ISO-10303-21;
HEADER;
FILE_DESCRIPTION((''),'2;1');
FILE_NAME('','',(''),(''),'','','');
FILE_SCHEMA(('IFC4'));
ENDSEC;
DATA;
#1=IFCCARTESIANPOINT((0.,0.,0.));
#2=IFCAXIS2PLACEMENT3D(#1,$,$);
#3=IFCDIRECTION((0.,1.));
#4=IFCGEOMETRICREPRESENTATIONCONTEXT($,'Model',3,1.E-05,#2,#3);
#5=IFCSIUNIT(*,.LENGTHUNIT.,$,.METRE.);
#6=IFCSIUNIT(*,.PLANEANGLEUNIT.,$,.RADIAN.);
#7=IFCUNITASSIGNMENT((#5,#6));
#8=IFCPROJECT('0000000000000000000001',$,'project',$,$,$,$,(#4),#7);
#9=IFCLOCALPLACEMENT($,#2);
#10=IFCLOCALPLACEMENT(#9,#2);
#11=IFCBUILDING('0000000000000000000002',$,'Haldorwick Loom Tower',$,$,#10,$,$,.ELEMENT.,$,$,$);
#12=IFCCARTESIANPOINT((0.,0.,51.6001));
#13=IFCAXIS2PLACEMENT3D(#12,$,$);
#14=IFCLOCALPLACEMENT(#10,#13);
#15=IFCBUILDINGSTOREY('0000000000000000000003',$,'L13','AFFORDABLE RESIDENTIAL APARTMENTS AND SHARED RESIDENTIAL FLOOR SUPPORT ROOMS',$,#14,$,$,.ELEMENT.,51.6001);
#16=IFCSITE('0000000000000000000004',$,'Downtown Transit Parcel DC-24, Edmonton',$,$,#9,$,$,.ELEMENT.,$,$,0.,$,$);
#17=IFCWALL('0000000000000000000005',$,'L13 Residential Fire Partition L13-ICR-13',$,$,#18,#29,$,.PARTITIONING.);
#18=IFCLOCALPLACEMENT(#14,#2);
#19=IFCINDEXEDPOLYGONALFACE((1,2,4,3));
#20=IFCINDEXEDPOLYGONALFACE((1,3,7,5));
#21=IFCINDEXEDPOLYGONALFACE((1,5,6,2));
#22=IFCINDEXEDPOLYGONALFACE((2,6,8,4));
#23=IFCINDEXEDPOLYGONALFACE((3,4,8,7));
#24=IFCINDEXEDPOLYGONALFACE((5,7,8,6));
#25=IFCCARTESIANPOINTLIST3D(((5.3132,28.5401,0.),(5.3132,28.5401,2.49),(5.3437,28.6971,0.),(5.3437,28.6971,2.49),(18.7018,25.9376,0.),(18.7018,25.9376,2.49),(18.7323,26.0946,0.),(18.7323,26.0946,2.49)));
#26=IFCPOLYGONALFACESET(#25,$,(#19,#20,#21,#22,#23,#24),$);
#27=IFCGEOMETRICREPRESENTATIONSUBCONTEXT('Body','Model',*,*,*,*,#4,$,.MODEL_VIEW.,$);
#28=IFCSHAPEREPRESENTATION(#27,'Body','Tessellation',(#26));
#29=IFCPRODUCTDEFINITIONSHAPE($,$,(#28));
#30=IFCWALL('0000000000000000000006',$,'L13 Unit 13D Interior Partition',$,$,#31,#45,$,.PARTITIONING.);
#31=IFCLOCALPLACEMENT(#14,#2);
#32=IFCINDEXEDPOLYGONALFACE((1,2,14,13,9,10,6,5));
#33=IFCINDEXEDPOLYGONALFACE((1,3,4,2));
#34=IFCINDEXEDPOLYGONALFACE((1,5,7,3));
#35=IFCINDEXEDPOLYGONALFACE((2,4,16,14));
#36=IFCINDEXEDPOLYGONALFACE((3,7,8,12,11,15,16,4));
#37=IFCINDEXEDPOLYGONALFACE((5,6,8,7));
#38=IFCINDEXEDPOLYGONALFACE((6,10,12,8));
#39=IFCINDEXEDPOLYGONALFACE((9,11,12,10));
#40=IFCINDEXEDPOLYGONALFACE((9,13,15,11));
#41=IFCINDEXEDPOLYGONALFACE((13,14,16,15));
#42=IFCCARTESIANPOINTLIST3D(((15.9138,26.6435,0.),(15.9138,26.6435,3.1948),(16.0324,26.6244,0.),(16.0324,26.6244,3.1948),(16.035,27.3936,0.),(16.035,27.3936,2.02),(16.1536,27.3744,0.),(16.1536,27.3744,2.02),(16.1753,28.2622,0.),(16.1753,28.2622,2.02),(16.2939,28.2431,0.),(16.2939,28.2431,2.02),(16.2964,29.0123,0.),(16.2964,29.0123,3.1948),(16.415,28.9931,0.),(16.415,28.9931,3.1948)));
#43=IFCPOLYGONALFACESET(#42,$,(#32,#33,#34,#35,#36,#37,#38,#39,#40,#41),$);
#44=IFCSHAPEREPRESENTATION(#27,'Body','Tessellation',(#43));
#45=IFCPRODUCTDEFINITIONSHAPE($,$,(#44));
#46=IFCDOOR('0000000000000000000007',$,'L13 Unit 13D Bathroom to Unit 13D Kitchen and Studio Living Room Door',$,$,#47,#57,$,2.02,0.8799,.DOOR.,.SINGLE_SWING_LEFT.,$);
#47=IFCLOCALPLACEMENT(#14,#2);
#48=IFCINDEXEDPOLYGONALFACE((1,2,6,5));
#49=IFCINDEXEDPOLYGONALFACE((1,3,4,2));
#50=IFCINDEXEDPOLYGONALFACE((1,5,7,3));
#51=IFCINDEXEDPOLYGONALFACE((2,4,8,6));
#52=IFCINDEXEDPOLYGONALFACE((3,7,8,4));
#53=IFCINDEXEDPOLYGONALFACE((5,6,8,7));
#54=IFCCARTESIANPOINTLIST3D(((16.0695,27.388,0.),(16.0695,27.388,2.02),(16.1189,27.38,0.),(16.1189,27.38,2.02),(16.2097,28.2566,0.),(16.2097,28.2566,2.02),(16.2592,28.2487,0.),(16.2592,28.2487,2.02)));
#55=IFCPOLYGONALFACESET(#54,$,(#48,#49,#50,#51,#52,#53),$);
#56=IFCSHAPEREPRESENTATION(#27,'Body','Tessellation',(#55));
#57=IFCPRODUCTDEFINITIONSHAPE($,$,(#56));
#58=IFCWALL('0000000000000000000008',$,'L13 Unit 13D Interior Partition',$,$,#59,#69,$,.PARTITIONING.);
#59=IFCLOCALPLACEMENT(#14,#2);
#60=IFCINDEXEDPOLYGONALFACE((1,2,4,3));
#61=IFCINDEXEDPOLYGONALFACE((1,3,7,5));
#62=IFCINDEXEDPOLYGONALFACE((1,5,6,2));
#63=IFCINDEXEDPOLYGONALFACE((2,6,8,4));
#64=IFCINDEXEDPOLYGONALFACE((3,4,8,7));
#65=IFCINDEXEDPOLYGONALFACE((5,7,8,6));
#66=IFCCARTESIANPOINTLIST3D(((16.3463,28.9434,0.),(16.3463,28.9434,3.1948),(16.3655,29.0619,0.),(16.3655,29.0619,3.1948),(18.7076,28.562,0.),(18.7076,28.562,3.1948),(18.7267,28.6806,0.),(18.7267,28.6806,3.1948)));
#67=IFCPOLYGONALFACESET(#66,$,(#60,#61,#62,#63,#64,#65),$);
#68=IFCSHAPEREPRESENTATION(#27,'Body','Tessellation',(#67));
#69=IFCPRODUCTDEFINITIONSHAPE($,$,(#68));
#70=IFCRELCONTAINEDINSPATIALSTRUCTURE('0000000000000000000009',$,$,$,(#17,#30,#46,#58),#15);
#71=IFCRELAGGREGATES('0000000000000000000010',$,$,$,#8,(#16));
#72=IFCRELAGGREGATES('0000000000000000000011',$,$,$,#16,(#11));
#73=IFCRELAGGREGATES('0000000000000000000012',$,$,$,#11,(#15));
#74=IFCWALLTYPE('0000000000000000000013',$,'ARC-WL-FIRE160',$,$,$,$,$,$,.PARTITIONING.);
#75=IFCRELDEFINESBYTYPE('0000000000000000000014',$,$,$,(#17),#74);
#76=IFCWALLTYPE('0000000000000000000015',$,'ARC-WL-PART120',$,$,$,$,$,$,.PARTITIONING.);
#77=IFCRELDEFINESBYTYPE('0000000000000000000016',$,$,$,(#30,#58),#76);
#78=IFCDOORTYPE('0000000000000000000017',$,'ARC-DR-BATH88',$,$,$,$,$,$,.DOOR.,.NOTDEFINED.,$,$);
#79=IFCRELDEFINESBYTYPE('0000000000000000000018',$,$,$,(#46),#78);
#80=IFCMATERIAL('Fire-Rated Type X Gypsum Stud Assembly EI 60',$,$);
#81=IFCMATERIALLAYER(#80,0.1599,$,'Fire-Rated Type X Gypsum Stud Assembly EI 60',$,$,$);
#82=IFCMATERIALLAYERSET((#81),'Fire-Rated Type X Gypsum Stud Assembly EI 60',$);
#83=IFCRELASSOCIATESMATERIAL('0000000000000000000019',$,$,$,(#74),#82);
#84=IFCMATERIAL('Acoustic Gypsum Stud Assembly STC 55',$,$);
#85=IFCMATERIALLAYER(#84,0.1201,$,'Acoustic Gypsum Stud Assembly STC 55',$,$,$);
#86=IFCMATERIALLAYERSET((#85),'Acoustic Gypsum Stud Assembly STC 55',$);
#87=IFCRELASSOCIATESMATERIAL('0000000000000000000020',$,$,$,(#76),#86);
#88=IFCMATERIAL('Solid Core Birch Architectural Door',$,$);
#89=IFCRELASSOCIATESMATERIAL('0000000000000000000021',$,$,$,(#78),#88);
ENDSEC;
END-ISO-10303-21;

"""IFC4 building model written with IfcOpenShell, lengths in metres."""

from ifc_helpers import new_model, si_unit, direction, frame, frame_2d, origin, place, context, subcontext, project, spatial, rectangle, extrude, material, layer, layer_set, type_object, element, fill, save


model = new_model("IFC4")

# Units and contexts
model_context = context("Model", 3, precision=1e-05, world=origin(), true_north=direction((0.0, 1.0)))
body_context = subcontext(model_context, "Body", "Model", "MODEL_VIEW")
ifc_project = project(units=[si_unit("LENGTHUNIT", "METRE"), si_unit("PLANEANGLEUNIT", "RADIAN")], contexts=[model_context])

# Site, building, storey
site_placement = place(None, origin())
site = spatial("IfcSite", under=ifc_project, at=site_placement, Name="Downtown Transit Parcel DC-24, Edmonton", CompositionType="ELEMENT", RefElevation=0.0)
building_placement = place(site_placement, origin())
building = spatial("IfcBuilding", under=site, at=building_placement, Name="Haldorwick Loom Tower", CompositionType="ELEMENT")
storey_placement = place(building_placement, frame((0.0, 0.0, 51.6001)))
storey = spatial("IfcBuildingStorey", under=building, at=storey_placement, Name="L13", Description="AFFORDABLE RESIDENTIAL APARTMENTS AND SHARED RESIDENTIAL FLOOR SUPPORT ROOMS", CompositionType="ELEMENT", Elevation=51.6001)

# Shared definitions
ifc_material_1 = material(Name="Fire-Rated Type X Gypsum Stud Assembly EI 60")
ifc_layer_1 = layer(ifc_material_1, 0.1599, Name="Fire-Rated Type X Gypsum Stud Assembly EI 60")
ifc_layer_set_1 = layer_set([ifc_layer_1], Name="Fire-Rated Type X Gypsum Stud Assembly EI 60")
wall_type_1 = type_object("IfcWallType", Name="ARC-WL-FIRE160", PredefinedType="PARTITIONING", material=ifc_layer_set_1)
ifc_material_2 = material(Name="Solid Core Birch Architectural Door")

# Wall
wall_1_placement = place(storey_placement, frame((18.717, 26.0161, 0.0), z_axis=(0.0, 0.0, 1.0), x_axis=(-0.981627, 0.190812, 0.0)))
element("IfcWall", 1, at=wall_1_placement, inside=storey, type_object=wall_type_1, Name="L13 Residential Fire Partition L13-ICR-13", PredefinedType="PARTITIONING", context=body_context, shape_type="SweptSolid", body=[
    extrude(rectangle(XDim=13.6392, YDim=0.1599, at=frame_2d((6.8196, 0.0))), origin(), (0.0, 0.0, 1.0), 2.49),
])

# Wall, opening, door
ifc_material_3 = material(Name="Acoustic Gypsum Stud Assembly STC 55")
ifc_layer_2 = layer(ifc_material_3, 0.1201, Name="Acoustic Gypsum Stud Assembly STC 55")
ifc_layer_set_2 = layer_set([ifc_layer_2], Name="Acoustic Gypsum Stud Assembly STC 55")
wall_type_2 = type_object("IfcWallType", Name="ARC-WL-PART120", PredefinedType="PARTITIONING", material=ifc_layer_set_2)
wall_2_placement = place(storey_placement, frame((16.3557, 29.0027, 0.0), z_axis=(0.0, 0.0, 1.0), x_axis=(-0.159447, -0.987207, 0.0)))
wall_2 = element("IfcWall", 2, at=wall_2_placement, inside=storey, type_object=wall_type_2, Name="L13 Unit 13D Interior Partition", PredefinedType="PARTITIONING", context=body_context, shape_type="SweptSolid", body=[
    extrude(rectangle(XDim=2.3994, YDim=0.1201, at=frame_2d((1.1997, 0.0))), origin(), (0.0, 0.0, 1.0), 3.1948),
])
opening_1_placement = place(wall_2_placement, frame((0.7598, 0.0, 0.0)))
opening_1 = element("IfcOpeningElement", 3, at=opening_1_placement, cuts=wall_2, PredefinedType="OPENING", context=body_context, shape_type="SweptSolid", body=[
    extrude(rectangle(XDim=0.8799, YDim=2.02, at=frame_2d((0.4399, 1.01))), frame((0.0, 0.0701, 0.0), z_axis=(0.0, -1.0, 0.0), x_axis=(1.0, 0.0, 0.0)), (0.0, 0.0, 1.0), 0.1401),
])
door_type_1 = type_object("IfcDoorType", Name="ARC-DR-BATH88", OperationType="NOTDEFINED", PredefinedType="DOOR", material=ifc_material_2)
door_1_placement = place(opening_1_placement, origin())
door_1 = element("IfcDoor", 4, at=door_1_placement, inside=storey, type_object=door_type_1, Name="L13 Unit 13D Bathroom to Unit 13D Kitchen and Studio Living Room Door", OperationType="SINGLE_SWING_LEFT", OverallHeight=2.02, OverallWidth=0.8799, PredefinedType="DOOR", context=body_context, shape_type="SweptSolid", body=[
    extrude(rectangle(XDim=0.8799, YDim=2.02, at=frame_2d((0.4399, 1.01))), frame((0.0, 0.0249, 0.0), z_axis=(0.0, -1.0, 0.0), x_axis=(1.0, 0.0, 0.0)), (0.0, 0.0, 1.0), 0.05),
])
fill(opening_1, door_1)

# Wall
wall_3_placement = place(storey_placement, frame((18.717, 28.6213, 0.0), z_axis=(0.0, 0.0, 1.0), x_axis=(-0.987209, 0.159431, 0.0)))
element("IfcWall", 5, at=wall_3_placement, inside=storey, type_object=wall_type_2, Name="L13 Unit 13D Interior Partition", PredefinedType="PARTITIONING", context=body_context, shape_type="SweptSolid", body=[
    extrude(rectangle(XDim=2.3918, YDim=0.1201, at=frame_2d((1.1958, 0.0))), origin(), (0.0, 0.0, 1.0), 3.1948),
])

save(model, "model.ifc")
